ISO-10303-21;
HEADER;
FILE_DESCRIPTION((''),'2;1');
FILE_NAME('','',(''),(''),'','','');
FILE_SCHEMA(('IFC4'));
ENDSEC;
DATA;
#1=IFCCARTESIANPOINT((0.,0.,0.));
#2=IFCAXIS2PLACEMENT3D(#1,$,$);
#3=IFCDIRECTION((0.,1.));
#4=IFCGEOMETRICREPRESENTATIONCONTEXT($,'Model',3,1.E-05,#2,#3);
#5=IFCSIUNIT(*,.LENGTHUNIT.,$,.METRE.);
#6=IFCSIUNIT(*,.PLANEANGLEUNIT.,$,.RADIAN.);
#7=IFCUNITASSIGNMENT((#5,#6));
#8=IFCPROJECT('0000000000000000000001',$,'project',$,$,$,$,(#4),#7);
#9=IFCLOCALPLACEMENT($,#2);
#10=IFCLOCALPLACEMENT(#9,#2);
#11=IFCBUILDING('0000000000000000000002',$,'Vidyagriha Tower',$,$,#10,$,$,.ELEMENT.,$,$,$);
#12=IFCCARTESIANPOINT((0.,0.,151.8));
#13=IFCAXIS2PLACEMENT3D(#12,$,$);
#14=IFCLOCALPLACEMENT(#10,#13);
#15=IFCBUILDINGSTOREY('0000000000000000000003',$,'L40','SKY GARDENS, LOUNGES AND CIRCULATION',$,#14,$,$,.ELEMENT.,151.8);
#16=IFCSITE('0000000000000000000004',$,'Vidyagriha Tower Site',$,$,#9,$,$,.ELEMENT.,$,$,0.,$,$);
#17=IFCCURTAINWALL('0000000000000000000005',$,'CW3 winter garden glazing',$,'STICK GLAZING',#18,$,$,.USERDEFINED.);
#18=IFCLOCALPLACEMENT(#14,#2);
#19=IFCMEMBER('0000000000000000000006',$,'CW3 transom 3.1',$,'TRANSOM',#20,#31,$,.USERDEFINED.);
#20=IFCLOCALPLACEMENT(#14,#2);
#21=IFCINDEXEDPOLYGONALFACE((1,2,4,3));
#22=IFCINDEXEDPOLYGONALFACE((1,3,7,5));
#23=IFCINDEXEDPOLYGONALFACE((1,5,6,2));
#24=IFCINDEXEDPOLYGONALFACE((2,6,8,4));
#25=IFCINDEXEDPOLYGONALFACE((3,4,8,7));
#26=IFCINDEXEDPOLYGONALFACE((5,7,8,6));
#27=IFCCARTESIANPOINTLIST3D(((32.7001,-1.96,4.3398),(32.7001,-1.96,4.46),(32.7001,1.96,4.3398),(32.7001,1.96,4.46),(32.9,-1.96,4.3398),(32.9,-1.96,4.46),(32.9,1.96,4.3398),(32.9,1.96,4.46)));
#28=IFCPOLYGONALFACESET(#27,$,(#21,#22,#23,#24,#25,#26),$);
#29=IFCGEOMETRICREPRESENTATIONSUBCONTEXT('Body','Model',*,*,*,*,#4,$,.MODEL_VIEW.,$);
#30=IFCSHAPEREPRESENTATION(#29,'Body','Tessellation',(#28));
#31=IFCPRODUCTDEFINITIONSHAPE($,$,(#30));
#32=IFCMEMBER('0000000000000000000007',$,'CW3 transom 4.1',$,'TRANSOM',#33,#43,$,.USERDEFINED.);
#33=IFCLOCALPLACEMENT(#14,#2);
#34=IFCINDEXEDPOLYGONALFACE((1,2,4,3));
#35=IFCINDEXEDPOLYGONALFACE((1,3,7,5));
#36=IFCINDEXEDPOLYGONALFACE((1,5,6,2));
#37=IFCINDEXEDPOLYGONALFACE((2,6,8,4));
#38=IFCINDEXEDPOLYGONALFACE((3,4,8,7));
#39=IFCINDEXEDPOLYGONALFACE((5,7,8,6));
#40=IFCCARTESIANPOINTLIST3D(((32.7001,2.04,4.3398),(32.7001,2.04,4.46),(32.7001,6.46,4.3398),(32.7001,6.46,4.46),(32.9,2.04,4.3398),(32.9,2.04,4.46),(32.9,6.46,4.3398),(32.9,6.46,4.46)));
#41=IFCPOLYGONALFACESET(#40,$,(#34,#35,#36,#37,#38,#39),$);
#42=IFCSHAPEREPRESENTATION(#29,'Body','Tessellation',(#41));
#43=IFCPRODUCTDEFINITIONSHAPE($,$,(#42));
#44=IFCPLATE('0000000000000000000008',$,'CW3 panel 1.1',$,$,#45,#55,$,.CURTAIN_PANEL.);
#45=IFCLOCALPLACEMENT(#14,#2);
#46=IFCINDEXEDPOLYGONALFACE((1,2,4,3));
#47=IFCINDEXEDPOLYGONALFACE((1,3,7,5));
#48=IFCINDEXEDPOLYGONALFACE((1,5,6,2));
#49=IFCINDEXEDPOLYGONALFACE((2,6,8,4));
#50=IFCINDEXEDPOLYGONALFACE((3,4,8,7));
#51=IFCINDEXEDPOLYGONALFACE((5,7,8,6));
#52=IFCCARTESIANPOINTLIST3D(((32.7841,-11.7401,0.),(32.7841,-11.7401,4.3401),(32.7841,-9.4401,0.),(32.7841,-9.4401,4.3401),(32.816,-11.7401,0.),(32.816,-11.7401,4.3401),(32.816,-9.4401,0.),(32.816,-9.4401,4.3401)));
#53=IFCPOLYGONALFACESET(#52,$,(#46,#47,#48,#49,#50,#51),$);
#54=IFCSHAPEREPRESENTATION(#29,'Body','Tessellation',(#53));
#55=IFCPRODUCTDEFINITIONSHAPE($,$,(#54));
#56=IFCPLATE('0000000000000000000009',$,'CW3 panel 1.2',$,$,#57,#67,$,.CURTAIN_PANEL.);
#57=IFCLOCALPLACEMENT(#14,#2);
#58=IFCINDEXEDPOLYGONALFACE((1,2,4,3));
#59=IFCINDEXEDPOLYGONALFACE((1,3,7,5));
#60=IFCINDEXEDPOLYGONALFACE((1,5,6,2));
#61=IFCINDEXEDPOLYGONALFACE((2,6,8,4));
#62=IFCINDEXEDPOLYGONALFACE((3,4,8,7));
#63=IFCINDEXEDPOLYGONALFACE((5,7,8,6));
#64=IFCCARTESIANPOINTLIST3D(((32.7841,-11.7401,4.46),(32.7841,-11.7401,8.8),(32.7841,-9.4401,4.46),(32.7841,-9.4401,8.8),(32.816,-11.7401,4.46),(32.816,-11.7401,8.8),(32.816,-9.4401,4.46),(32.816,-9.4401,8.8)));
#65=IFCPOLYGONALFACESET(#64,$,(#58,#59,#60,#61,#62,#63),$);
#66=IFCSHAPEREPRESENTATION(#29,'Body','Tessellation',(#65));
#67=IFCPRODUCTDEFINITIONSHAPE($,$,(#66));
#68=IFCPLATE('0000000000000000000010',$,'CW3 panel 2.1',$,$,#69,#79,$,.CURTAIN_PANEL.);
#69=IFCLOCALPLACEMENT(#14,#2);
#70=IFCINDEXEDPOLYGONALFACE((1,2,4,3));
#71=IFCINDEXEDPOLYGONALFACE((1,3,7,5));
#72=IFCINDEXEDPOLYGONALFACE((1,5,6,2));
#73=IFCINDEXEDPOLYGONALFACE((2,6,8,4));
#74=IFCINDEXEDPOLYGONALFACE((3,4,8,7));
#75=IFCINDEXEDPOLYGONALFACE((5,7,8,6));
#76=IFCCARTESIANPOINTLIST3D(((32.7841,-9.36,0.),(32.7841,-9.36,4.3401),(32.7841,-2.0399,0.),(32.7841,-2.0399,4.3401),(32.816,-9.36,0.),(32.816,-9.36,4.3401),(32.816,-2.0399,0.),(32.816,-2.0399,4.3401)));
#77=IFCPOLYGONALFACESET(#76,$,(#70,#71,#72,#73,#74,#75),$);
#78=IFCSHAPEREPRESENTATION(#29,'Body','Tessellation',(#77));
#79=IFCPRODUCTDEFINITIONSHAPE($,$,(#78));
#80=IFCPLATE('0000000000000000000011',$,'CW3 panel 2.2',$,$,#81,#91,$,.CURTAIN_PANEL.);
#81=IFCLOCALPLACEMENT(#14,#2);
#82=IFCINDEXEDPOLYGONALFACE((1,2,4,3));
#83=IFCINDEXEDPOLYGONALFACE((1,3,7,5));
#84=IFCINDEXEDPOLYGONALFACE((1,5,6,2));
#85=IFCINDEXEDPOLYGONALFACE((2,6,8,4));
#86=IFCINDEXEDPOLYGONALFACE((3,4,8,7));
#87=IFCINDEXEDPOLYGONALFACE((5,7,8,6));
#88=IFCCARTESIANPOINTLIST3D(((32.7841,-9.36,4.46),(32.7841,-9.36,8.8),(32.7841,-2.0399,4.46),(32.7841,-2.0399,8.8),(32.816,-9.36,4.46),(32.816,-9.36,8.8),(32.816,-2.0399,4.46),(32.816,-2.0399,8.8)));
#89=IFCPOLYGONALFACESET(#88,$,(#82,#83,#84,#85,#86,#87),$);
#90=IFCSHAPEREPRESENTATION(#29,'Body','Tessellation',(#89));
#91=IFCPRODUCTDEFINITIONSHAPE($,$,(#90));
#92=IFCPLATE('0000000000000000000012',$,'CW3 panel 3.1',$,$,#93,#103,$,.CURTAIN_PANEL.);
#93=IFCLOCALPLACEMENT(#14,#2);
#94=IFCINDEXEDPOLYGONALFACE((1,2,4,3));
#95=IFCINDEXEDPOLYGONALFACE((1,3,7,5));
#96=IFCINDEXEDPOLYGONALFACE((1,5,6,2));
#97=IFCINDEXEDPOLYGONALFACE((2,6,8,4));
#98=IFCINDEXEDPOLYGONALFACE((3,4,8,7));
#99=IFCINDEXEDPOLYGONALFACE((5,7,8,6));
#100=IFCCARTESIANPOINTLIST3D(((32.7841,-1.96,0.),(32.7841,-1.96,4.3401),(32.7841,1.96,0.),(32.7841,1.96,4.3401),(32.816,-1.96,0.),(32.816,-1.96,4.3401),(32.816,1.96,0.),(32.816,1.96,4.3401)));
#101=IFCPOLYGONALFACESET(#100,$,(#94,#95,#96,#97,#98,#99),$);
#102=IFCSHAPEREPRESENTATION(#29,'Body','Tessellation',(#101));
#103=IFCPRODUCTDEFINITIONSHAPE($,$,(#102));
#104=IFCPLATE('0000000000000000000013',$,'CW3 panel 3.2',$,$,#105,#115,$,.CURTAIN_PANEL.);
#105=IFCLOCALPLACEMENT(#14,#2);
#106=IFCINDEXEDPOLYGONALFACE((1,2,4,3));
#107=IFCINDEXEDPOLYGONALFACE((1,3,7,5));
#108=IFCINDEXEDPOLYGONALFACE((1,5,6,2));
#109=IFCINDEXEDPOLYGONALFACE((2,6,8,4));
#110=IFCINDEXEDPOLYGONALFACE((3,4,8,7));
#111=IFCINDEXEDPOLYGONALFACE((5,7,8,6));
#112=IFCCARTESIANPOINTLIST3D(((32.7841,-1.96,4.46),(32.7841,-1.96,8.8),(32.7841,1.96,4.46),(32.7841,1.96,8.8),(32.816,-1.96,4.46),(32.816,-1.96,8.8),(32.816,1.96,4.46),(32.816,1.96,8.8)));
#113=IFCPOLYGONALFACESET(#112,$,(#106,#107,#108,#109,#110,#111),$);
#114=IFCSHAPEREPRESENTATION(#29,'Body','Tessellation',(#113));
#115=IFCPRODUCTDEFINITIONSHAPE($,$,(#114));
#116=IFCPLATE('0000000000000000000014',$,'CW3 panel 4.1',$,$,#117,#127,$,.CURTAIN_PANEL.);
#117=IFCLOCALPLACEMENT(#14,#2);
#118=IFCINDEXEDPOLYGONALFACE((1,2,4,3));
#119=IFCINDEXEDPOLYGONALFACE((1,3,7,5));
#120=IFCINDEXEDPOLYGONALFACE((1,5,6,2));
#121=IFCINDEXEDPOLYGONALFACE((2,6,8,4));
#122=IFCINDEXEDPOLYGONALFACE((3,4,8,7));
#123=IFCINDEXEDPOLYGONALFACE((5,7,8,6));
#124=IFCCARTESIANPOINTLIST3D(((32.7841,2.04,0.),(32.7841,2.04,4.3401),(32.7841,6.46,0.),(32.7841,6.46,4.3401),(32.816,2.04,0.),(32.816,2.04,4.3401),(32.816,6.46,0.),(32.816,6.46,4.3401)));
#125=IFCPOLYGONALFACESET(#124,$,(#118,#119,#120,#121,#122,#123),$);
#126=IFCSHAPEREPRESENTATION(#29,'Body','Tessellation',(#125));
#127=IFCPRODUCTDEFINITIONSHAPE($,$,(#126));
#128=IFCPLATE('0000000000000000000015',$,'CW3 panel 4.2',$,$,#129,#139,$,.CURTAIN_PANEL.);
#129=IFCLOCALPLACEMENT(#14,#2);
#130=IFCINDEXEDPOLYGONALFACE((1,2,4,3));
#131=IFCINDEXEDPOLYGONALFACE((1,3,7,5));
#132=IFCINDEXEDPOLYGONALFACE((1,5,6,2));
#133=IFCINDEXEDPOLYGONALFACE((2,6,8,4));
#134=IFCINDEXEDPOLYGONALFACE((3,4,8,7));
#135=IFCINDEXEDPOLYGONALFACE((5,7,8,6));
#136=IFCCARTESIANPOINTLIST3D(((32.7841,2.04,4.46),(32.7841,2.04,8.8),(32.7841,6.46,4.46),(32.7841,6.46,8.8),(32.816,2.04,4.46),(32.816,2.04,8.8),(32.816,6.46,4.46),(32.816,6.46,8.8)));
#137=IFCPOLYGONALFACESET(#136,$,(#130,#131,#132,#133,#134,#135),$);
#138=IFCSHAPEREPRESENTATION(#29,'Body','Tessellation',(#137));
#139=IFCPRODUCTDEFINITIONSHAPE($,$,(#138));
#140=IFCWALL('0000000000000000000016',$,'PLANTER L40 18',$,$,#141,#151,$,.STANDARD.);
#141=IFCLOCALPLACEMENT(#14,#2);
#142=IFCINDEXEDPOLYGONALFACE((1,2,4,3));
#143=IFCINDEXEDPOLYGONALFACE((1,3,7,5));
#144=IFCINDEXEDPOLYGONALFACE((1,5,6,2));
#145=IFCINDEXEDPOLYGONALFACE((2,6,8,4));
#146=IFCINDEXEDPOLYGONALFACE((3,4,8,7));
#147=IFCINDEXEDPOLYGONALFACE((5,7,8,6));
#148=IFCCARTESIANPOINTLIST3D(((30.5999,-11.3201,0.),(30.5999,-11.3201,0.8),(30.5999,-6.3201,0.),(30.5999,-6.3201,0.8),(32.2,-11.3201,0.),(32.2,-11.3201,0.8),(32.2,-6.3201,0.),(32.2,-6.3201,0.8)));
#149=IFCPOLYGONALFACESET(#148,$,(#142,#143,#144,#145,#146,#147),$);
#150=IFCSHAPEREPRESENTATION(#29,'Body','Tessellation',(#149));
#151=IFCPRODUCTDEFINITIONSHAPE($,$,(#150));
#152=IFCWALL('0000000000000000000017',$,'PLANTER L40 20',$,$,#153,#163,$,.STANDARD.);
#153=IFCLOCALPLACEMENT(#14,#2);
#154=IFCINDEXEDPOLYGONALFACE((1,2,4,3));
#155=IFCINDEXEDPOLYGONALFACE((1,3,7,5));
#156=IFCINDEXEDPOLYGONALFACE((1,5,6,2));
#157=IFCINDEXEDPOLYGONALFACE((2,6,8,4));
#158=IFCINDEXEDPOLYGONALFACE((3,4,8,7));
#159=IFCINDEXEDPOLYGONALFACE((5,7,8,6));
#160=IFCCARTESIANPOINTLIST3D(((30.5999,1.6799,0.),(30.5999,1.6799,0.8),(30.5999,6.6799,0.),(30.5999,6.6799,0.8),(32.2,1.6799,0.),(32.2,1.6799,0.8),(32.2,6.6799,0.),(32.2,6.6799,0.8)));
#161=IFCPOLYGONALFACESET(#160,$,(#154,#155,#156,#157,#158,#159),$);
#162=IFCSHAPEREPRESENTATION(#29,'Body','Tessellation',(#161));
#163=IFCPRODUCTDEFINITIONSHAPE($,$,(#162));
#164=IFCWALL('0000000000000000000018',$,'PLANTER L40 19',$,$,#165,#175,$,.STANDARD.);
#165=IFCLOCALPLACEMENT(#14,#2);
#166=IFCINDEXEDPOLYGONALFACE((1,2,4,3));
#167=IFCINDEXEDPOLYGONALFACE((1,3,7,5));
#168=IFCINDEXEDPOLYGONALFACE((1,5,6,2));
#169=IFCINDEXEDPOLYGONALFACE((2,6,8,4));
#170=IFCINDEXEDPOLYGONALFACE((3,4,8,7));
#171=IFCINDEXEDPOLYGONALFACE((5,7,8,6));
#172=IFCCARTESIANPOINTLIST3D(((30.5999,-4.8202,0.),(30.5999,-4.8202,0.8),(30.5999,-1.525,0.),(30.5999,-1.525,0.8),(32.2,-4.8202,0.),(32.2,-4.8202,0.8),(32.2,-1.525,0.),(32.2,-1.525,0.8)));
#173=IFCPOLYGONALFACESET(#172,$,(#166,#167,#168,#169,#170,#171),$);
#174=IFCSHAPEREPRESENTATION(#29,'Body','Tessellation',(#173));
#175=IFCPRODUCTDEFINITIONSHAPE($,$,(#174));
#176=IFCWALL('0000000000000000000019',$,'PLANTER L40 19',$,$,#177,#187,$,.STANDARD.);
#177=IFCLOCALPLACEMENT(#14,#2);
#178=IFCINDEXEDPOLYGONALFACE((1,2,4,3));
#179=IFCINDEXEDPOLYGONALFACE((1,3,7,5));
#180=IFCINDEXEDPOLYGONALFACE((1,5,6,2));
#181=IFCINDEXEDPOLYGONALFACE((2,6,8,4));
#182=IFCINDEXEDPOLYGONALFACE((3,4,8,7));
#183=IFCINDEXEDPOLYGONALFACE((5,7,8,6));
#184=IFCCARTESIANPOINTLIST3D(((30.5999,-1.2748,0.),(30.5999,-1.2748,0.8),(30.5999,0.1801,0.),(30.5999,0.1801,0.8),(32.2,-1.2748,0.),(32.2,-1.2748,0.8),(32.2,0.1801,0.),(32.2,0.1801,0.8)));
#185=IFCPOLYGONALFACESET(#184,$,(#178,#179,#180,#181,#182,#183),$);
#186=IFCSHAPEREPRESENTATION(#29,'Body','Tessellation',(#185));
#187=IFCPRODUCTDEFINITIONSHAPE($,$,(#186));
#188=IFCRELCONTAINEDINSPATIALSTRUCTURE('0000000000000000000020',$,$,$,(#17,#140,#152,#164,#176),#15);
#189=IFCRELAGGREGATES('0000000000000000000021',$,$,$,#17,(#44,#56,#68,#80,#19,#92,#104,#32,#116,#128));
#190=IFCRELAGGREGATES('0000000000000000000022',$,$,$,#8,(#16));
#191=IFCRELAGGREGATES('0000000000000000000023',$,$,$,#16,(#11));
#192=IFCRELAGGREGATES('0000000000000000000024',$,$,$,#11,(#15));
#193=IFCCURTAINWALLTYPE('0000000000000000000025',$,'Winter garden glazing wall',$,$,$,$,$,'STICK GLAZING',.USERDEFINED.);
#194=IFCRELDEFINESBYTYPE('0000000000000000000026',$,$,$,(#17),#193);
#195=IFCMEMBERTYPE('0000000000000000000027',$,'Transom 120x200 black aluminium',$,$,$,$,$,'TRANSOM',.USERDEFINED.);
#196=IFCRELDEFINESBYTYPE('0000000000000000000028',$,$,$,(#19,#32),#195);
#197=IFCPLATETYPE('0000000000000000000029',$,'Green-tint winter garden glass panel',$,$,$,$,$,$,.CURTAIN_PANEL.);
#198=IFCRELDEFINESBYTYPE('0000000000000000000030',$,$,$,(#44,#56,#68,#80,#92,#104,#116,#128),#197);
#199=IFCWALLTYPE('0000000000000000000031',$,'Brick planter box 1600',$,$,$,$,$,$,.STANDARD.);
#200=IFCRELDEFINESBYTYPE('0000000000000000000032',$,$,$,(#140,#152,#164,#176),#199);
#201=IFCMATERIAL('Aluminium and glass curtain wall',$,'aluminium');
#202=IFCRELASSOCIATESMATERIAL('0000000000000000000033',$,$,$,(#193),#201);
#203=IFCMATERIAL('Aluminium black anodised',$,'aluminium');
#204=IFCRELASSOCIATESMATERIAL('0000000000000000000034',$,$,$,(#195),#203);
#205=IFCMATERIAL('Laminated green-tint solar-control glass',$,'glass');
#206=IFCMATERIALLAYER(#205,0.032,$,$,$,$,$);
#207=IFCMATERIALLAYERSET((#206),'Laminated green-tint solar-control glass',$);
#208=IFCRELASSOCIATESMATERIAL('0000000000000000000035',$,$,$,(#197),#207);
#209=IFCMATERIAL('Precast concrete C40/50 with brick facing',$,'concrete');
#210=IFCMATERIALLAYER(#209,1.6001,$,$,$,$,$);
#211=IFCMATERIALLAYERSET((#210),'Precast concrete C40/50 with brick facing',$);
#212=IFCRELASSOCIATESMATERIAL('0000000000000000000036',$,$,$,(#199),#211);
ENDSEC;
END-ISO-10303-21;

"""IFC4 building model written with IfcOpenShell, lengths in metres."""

from ifc_helpers import new_model, si_unit, direction, frame, frame_2d, origin, origin_2d, place, context, subcontext, project, spatial, rectangle, extrude, material, layer, layer_set, material_profile, profile_set, type_object, element, aggregate, save


model = new_model("IFC4")

# Units and contexts
model_context = context("Model", 3, precision=1e-05, world=origin(), true_north=direction((0.0, 1.0)))
body_context = subcontext(model_context, "Body", "Model", "MODEL_VIEW")
ifc_project = project(units=[si_unit("LENGTHUNIT", "METRE"), si_unit("PLANEANGLEUNIT", "RADIAN")], contexts=[model_context])

# Site, building, storey
site_placement = place(None, origin())
site = spatial("IfcSite", under=ifc_project, at=site_placement, Name="Vidyagriha Tower Site", CompositionType="ELEMENT", RefElevation=0.0)
building_placement = place(site_placement, origin())
building = spatial("IfcBuilding", under=site, at=building_placement, Name="Vidyagriha Tower", CompositionType="ELEMENT")
storey_placement = place(building_placement, frame((0.0, 0.0, 151.8)))
storey = spatial("IfcBuildingStorey", under=building, at=storey_placement, Name="L40", Description="SKY GARDENS, LOUNGES AND CIRCULATION", CompositionType="ELEMENT", Elevation=151.8)

# Curtain wall, members, plates
ifc_material_1 = material(Name="Aluminium and glass curtain wall", Category="aluminium")
curtain_wall_type = type_object("IfcCurtainWallType", Name="Winter garden glazing wall", ElementType="STICK GLAZING", PredefinedType="USERDEFINED", material=ifc_material_1)
curtain_wall_placement = place(storey_placement, origin())
curtain_wall = element("IfcCurtainWall", 1, at=curtain_wall_placement, inside=storey, type_object=curtain_wall_type, Name="CW3 winter garden glazing", ObjectType="STICK GLAZING", PredefinedType="USERDEFINED")
ifc_material_2 = material(Name="Aluminium black anodised", Category="aluminium")
ifc_material_profile_1 = material_profile(ifc_material_2, rectangle(XDim=0.2, YDim=0.1201, at=origin_2d()), Name="Transom 120x200 black aluminium")
ifc_profile_set_1 = profile_set([ifc_material_profile_1], Name="Aluminium black anodised")
member_type_1 = type_object("IfcMemberType", Name="Transom 120x200 black aluminium", ElementType="TRANSOM", PredefinedType="USERDEFINED", material=ifc_profile_set_1)
member_1_placement = place(storey_placement, frame((32.8, -1.96, 4.3999), z_axis=(0.0, 1.0, 0.0), x_axis=(-1.0, 0.0, 0.0)))
member_1 = element("IfcMember", 2, at=member_1_placement, type_object=member_type_1, Name="CW3 transom 3.1", ObjectType="TRANSOM", PredefinedType="USERDEFINED", context=body_context, shape_type="SweptSolid", body=[
    extrude(rectangle(XDim=0.2, YDim=0.1201, at=origin_2d()), origin(), (0.0, 0.0, 1.0), 3.9199),
])
member_2_placement = place(storey_placement, frame((32.8, 2.04, 4.3999), z_axis=(0.0, 1.0, 0.0), x_axis=(-1.0, 0.0, 0.0)))
member_2 = element("IfcMember", 3, at=member_2_placement, type_object=member_type_1, Name="CW3 transom 4.1", ObjectType="TRANSOM", PredefinedType="USERDEFINED", context=body_context, shape_type="SweptSolid", body=[
    extrude(rectangle(XDim=0.2, YDim=0.1201, at=origin_2d()), origin(), (0.0, 0.0, 1.0), 4.4199),
])
ifc_material_3 = material(Name="Laminated green-tint solar-control glass", Category="glass")
ifc_layer_1 = layer(ifc_material_3, 0.032)
ifc_layer_set_1 = layer_set([ifc_layer_1], Name="Laminated green-tint solar-control glass")
plate_type = type_object("IfcPlateType", Name="Green-tint winter garden glass panel", PredefinedType="CURTAIN_PANEL", material=ifc_layer_set_1)
plate_1_placement = place(storey_placement, frame((32.8, -10.5901, 0.0), z_axis=(0.0, 0.0, 1.0), x_axis=(0.0, 1.0, 0.0)))
plate_1 = element("IfcPlate", 4, at=plate_1_placement, type_object=plate_type, Name="CW3 panel 1.1", PredefinedType="CURTAIN_PANEL", context=body_context, shape_type="SweptSolid", body=[
    extrude(rectangle(XDim=2.3, YDim=0.032, at=origin_2d()), origin(), (0.0, 0.0, 1.0), 4.3401),
])
plate_2_placement = place(storey_placement, frame((32.8, -10.5901, 4.46), z_axis=(0.0, 0.0, 1.0), x_axis=(0.0, 1.0, 0.0)))
plate_2 = element("IfcPlate", 5, at=plate_2_placement, type_object=plate_type, Name="CW3 panel 1.2", PredefinedType="CURTAIN_PANEL", context=body_context, shape_type="SweptSolid", body=[
    extrude(rectangle(XDim=2.3, YDim=0.032, at=origin_2d()), origin(), (0.0, 0.0, 1.0), 4.3401),
])
plate_3_placement = place(storey_placement, frame((32.8, -5.7, 0.0), z_axis=(0.0, 0.0, 1.0), x_axis=(0.0, 1.0, 0.0)))
plate_3 = element("IfcPlate", 6, at=plate_3_placement, type_object=plate_type, Name="CW3 panel 2.1", PredefinedType="CURTAIN_PANEL", context=body_context, shape_type="SweptSolid", body=[
    extrude(rectangle(XDim=7.3201, YDim=0.032, at=origin_2d()), origin(), (0.0, 0.0, 1.0), 4.3401),
])
plate_4_placement = place(storey_placement, frame((32.8, -5.7, 4.46), z_axis=(0.0, 0.0, 1.0), x_axis=(0.0, 1.0, 0.0)))
plate_4 = element("IfcPlate", 7, at=plate_4_placement, type_object=plate_type, Name="CW3 panel 2.2", PredefinedType="CURTAIN_PANEL", context=body_context, shape_type="SweptSolid", body=[
    extrude(rectangle(XDim=7.3201, YDim=0.032, at=origin_2d()), origin(), (0.0, 0.0, 1.0), 4.3401),
])
plate_5_placement = place(storey_placement, frame((32.8, 0.0, 0.0), z_axis=(0.0, 0.0, 1.0), x_axis=(0.0, 1.0, 0.0)))
plate_5 = element("IfcPlate", 8, at=plate_5_placement, type_object=plate_type, Name="CW3 panel 3.1", PredefinedType="CURTAIN_PANEL", context=body_context, shape_type="SweptSolid", body=[
    extrude(rectangle(XDim=3.9199, YDim=0.032, at=origin_2d()), origin(), (0.0, 0.0, 1.0), 4.3401),
])
plate_6_placement = place(storey_placement, frame((32.8, 0.0, 4.46), z_axis=(0.0, 0.0, 1.0), x_axis=(0.0, 1.0, 0.0)))
plate_6 = element("IfcPlate", 9, at=plate_6_placement, type_object=plate_type, Name="CW3 panel 3.2", PredefinedType="CURTAIN_PANEL", context=body_context, shape_type="SweptSolid", body=[
    extrude(rectangle(XDim=3.9199, YDim=0.032, at=origin_2d()), origin(), (0.0, 0.0, 1.0), 4.3401),
])
plate_7_placement = place(storey_placement, frame((32.8, 4.25, 0.0), z_axis=(0.0, 0.0, 1.0), x_axis=(0.0, 1.0, 0.0)))
plate_7 = element("IfcPlate", 10, at=plate_7_placement, type_object=plate_type, Name="CW3 panel 4.1", PredefinedType="CURTAIN_PANEL", context=body_context, shape_type="SweptSolid", body=[
    extrude(rectangle(XDim=4.4199, YDim=0.032, at=origin_2d()), origin(), (0.0, 0.0, 1.0), 4.3401),
])
plate_8_placement = place(storey_placement, frame((32.8, 4.25, 4.46), z_axis=(0.0, 0.0, 1.0), x_axis=(0.0, 1.0, 0.0)))
plate_8 = element("IfcPlate", 11, at=plate_8_placement, type_object=plate_type, Name="CW3 panel 4.2", PredefinedType="CURTAIN_PANEL", context=body_context, shape_type="SweptSolid", body=[
    extrude(rectangle(XDim=4.4199, YDim=0.032, at=origin_2d()), origin(), (0.0, 0.0, 1.0), 4.3401),
])
aggregate(curtain_wall, [plate_1, plate_2, plate_3, plate_4, member_1, plate_5, plate_6, member_2, plate_7, plate_8])

# Walls
ifc_material_4 = material(Name="Precast concrete C40/50 with brick facing", Category="concrete")
ifc_layer_2 = layer(ifc_material_4, 1.6001)
ifc_layer_set_2 = layer_set([ifc_layer_2], Name="Precast concrete C40/50 with brick facing")
wall_type_1 = type_object("IfcWallType", Name="Brick planter box 1600", PredefinedType="STANDARD", material=ifc_layer_set_2)
for number, where, z_axis, x_axis, name in (
    (12, (31.3999, -11.3201, 0.0), (0.0, 0.0, 1.0), (0.0, 1.0, 0.0), "PLANTER L40 18"),
    (13, (31.3999, 1.6799, 0.0), (0.0, 0.0, 1.0), (0.0, 1.0, 0.0), "PLANTER L40 20"),
):
    element("IfcWall", number, at=place(storey_placement, frame(where, z_axis=z_axis, x_axis=x_axis)), inside=storey, type_object=wall_type_1, Name=name, PredefinedType="STANDARD", context=body_context, shape_type="SweptSolid", body=[
        extrude(rectangle(XDim=5.0, YDim=1.6001, at=frame_2d((2.5, 0.0))), origin(), (0.0, 0.0, 1.0), 0.8),
    ])
wall_1_placement = place(storey_placement, frame((31.3999, -4.8201, 0.0), z_axis=(0.0, 0.0, 1.0), x_axis=(0.0, 1.0, 0.0)))
element("IfcWall", 14, at=wall_1_placement, inside=storey, type_object=wall_type_1, Name="PLANTER L40 19", PredefinedType="STANDARD", context=body_context, shape_type="SweptSolid", body=[
    extrude(rectangle(XDim=3.2952, YDim=1.6001, at=frame_2d((1.6475, 0.0))), origin(), (0.0, 0.0, 1.0), 0.8),
])
wall_2_placement = place(storey_placement, frame((31.3999, -1.2749, 0.0), z_axis=(0.0, 0.0, 1.0), x_axis=(0.0, 1.0, 0.0)))
element("IfcWall", 15, at=wall_2_placement, inside=storey, type_object=wall_type_1, Name="PLANTER L40 19", PredefinedType="STANDARD", context=body_context, shape_type="SweptSolid", body=[
    extrude(rectangle(XDim=1.4548, YDim=1.6001, at=frame_2d((0.7275, 0.0))), origin(), (0.0, 0.0, 1.0), 0.8),
])

save(model, "model.ifc")
